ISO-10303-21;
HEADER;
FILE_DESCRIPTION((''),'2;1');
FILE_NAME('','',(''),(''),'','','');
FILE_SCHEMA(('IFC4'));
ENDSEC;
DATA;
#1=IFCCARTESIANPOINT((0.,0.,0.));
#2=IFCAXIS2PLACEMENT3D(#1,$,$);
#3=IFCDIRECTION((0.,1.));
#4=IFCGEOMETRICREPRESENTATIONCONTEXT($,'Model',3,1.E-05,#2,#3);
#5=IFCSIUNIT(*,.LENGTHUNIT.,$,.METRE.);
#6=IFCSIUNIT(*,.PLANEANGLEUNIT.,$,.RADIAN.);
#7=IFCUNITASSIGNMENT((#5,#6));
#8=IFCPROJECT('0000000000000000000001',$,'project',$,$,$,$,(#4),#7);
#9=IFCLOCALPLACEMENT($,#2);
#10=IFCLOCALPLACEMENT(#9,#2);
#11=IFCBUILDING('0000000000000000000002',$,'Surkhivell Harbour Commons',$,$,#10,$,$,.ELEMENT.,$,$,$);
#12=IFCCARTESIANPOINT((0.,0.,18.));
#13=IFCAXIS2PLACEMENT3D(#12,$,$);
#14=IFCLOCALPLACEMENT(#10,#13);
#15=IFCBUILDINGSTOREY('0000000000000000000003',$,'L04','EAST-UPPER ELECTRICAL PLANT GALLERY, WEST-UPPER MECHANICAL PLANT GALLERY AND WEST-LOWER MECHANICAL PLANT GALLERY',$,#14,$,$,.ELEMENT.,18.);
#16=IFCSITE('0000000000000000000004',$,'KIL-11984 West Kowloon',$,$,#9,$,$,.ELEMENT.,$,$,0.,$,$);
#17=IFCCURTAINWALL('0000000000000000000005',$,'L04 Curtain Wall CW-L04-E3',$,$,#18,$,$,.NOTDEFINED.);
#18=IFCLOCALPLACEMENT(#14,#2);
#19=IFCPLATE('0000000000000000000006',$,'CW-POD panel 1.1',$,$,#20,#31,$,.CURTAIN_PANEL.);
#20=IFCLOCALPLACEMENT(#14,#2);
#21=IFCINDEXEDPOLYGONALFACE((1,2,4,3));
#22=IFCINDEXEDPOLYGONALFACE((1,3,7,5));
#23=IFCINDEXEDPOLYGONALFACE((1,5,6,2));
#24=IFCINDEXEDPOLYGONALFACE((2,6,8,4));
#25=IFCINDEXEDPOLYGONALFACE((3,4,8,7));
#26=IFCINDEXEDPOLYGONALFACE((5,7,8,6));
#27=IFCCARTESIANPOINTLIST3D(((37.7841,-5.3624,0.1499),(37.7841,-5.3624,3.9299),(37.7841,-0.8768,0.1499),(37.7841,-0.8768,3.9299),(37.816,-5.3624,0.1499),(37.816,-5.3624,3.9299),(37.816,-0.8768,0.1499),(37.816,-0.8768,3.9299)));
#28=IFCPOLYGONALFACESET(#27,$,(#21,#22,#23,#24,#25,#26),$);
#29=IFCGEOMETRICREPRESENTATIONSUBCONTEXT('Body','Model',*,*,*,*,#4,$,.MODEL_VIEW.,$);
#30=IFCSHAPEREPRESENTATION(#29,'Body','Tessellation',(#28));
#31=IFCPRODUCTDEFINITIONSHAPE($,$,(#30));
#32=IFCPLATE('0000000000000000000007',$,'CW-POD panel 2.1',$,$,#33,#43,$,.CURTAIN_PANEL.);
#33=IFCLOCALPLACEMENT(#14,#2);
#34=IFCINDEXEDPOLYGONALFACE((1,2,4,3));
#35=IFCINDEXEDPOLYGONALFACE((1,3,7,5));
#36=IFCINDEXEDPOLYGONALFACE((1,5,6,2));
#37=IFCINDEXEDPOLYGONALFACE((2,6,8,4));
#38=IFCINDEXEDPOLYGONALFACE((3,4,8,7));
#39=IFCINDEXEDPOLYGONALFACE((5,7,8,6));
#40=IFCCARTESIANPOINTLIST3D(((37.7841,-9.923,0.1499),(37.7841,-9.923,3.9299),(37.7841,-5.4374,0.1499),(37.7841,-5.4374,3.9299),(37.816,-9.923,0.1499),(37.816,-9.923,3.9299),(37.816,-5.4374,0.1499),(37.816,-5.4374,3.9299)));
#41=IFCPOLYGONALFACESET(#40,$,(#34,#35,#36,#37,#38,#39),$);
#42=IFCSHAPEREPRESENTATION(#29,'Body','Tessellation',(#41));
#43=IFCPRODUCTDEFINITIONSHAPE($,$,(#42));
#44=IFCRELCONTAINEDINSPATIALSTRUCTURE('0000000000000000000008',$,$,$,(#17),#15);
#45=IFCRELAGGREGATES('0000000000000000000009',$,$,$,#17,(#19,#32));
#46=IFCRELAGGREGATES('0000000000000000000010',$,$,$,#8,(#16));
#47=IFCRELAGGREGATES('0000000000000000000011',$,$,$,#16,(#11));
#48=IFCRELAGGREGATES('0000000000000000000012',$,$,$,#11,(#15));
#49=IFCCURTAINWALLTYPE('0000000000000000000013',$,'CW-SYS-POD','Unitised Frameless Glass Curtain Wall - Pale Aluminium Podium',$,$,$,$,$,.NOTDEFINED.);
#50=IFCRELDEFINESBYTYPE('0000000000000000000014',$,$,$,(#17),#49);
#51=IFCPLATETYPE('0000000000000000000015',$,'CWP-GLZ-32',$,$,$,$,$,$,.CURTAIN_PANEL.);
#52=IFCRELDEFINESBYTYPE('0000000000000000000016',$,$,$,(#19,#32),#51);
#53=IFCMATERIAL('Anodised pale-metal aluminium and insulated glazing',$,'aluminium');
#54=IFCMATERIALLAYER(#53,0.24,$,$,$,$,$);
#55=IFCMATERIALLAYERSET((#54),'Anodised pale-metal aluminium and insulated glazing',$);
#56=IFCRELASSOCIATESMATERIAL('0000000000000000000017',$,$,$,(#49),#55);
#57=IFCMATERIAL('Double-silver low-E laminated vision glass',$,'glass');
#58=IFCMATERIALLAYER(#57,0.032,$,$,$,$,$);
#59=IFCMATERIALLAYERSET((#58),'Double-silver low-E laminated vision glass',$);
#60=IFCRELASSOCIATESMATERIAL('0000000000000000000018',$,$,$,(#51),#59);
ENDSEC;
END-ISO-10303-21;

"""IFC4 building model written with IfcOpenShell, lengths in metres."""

from ifc_helpers import new_model, si_unit, direction, frame, frame_2d, origin, place, context, subcontext, project, spatial, rectangle, extrude, material, layer, layer_set, type_object, element, aggregate, save


model = new_model("IFC4")

# Units and contexts
model_context = context("Model", 3, precision=1e-05, world=origin(), true_north=direction((0.0, 1.0)))
body_context = subcontext(model_context, "Body", "Model", "MODEL_VIEW")
ifc_project = project(units=[si_unit("LENGTHUNIT", "METRE"), si_unit("PLANEANGLEUNIT", "RADIAN")], contexts=[model_context])

# Site, building, storey
site_placement = place(None, origin())
site = spatial("IfcSite", under=ifc_project, at=site_placement, Name="KIL-11984 West Kowloon", CompositionType="ELEMENT", RefElevation=0.0)
building_placement = place(site_placement, origin())
building = spatial("IfcBuilding", under=site, at=building_placement, Name="Surkhivell Harbour Commons", CompositionType="ELEMENT")
storey_placement = place(building_placement, frame((0.0, 0.0, 18.0)))
storey = spatial("IfcBuildingStorey", under=building, at=storey_placement, Name="L04", Description="EAST-UPPER ELECTRICAL PLANT GALLERY, WEST-UPPER MECHANICAL PLANT GALLERY AND WEST-LOWER MECHANICAL PLANT GALLERY", CompositionType="ELEMENT", Elevation=18.0)

# Curtain wall
ifc_material_1 = material(Name="Anodised pale-metal aluminium and insulated glazing", Category="aluminium")
ifc_layer_1 = layer(ifc_material_1, 0.24)
ifc_layer_set_1 = layer_set([ifc_layer_1], Name="Anodised pale-metal aluminium and insulated glazing")
curtain_wall_type = type_object("IfcCurtainWallType", Name="CW-SYS-POD", Description="Unitised Frameless Glass Curtain Wall - Pale Aluminium Podium", PredefinedType="NOTDEFINED", material=ifc_layer_set_1)
curtain_wall_1_placement = place(storey_placement, origin())
curtain_wall_1 = element("IfcCurtainWall", 1, at=curtain_wall_1_placement, inside=storey, type_object=curtain_wall_type, Name="L04 Curtain Wall CW-L04-E3", PredefinedType="NOTDEFINED")

# Plates
ifc_material_2 = material(Name="Double-silver low-E laminated vision glass", Category="glass")
ifc_layer_2 = layer(ifc_material_2, 0.032)
ifc_layer_set_2 = layer_set([ifc_layer_2], Name="Double-silver low-E laminated vision glass")
plate_type = type_object("IfcPlateType", Name="CWP-GLZ-32", PredefinedType="CURTAIN_PANEL", material=ifc_layer_set_2)
plate_1_placement = place(storey_placement, frame((37.8, -0.877, 0.1499), z_axis=(0.0, 0.0, 1.0), x_axis=(0.0, -1.0, 0.0)))
plate_1 = element("IfcPlate", 2, at=plate_1_placement, type_object=plate_type, Name="CW-POD panel 1.1", PredefinedType="CURTAIN_PANEL", context=body_context, shape_type="SweptSolid", body=[
    extrude(rectangle(XDim=4.4856, YDim=0.032, at=frame_2d((2.2427, 0.0))), origin(), (0.0, 0.0, 1.0), 3.78),
])
plate_2_placement = place(storey_placement, frame((37.8, -5.4375, 0.1499), z_axis=(0.0, 0.0, 1.0), x_axis=(0.0, -1.0, 0.0)))
plate_2 = element("IfcPlate", 3, at=plate_2_placement, type_object=plate_type, Name="CW-POD panel 2.1", PredefinedType="CURTAIN_PANEL", context=body_context, shape_type="SweptSolid", body=[
    extrude(rectangle(XDim=4.4856, YDim=0.032, at=frame_2d((2.2427, 0.0))), origin(), (0.0, 0.0, 1.0), 3.78),
])
aggregate(curtain_wall_1, [plate_1, plate_2])

save(model, "model.ifc")
